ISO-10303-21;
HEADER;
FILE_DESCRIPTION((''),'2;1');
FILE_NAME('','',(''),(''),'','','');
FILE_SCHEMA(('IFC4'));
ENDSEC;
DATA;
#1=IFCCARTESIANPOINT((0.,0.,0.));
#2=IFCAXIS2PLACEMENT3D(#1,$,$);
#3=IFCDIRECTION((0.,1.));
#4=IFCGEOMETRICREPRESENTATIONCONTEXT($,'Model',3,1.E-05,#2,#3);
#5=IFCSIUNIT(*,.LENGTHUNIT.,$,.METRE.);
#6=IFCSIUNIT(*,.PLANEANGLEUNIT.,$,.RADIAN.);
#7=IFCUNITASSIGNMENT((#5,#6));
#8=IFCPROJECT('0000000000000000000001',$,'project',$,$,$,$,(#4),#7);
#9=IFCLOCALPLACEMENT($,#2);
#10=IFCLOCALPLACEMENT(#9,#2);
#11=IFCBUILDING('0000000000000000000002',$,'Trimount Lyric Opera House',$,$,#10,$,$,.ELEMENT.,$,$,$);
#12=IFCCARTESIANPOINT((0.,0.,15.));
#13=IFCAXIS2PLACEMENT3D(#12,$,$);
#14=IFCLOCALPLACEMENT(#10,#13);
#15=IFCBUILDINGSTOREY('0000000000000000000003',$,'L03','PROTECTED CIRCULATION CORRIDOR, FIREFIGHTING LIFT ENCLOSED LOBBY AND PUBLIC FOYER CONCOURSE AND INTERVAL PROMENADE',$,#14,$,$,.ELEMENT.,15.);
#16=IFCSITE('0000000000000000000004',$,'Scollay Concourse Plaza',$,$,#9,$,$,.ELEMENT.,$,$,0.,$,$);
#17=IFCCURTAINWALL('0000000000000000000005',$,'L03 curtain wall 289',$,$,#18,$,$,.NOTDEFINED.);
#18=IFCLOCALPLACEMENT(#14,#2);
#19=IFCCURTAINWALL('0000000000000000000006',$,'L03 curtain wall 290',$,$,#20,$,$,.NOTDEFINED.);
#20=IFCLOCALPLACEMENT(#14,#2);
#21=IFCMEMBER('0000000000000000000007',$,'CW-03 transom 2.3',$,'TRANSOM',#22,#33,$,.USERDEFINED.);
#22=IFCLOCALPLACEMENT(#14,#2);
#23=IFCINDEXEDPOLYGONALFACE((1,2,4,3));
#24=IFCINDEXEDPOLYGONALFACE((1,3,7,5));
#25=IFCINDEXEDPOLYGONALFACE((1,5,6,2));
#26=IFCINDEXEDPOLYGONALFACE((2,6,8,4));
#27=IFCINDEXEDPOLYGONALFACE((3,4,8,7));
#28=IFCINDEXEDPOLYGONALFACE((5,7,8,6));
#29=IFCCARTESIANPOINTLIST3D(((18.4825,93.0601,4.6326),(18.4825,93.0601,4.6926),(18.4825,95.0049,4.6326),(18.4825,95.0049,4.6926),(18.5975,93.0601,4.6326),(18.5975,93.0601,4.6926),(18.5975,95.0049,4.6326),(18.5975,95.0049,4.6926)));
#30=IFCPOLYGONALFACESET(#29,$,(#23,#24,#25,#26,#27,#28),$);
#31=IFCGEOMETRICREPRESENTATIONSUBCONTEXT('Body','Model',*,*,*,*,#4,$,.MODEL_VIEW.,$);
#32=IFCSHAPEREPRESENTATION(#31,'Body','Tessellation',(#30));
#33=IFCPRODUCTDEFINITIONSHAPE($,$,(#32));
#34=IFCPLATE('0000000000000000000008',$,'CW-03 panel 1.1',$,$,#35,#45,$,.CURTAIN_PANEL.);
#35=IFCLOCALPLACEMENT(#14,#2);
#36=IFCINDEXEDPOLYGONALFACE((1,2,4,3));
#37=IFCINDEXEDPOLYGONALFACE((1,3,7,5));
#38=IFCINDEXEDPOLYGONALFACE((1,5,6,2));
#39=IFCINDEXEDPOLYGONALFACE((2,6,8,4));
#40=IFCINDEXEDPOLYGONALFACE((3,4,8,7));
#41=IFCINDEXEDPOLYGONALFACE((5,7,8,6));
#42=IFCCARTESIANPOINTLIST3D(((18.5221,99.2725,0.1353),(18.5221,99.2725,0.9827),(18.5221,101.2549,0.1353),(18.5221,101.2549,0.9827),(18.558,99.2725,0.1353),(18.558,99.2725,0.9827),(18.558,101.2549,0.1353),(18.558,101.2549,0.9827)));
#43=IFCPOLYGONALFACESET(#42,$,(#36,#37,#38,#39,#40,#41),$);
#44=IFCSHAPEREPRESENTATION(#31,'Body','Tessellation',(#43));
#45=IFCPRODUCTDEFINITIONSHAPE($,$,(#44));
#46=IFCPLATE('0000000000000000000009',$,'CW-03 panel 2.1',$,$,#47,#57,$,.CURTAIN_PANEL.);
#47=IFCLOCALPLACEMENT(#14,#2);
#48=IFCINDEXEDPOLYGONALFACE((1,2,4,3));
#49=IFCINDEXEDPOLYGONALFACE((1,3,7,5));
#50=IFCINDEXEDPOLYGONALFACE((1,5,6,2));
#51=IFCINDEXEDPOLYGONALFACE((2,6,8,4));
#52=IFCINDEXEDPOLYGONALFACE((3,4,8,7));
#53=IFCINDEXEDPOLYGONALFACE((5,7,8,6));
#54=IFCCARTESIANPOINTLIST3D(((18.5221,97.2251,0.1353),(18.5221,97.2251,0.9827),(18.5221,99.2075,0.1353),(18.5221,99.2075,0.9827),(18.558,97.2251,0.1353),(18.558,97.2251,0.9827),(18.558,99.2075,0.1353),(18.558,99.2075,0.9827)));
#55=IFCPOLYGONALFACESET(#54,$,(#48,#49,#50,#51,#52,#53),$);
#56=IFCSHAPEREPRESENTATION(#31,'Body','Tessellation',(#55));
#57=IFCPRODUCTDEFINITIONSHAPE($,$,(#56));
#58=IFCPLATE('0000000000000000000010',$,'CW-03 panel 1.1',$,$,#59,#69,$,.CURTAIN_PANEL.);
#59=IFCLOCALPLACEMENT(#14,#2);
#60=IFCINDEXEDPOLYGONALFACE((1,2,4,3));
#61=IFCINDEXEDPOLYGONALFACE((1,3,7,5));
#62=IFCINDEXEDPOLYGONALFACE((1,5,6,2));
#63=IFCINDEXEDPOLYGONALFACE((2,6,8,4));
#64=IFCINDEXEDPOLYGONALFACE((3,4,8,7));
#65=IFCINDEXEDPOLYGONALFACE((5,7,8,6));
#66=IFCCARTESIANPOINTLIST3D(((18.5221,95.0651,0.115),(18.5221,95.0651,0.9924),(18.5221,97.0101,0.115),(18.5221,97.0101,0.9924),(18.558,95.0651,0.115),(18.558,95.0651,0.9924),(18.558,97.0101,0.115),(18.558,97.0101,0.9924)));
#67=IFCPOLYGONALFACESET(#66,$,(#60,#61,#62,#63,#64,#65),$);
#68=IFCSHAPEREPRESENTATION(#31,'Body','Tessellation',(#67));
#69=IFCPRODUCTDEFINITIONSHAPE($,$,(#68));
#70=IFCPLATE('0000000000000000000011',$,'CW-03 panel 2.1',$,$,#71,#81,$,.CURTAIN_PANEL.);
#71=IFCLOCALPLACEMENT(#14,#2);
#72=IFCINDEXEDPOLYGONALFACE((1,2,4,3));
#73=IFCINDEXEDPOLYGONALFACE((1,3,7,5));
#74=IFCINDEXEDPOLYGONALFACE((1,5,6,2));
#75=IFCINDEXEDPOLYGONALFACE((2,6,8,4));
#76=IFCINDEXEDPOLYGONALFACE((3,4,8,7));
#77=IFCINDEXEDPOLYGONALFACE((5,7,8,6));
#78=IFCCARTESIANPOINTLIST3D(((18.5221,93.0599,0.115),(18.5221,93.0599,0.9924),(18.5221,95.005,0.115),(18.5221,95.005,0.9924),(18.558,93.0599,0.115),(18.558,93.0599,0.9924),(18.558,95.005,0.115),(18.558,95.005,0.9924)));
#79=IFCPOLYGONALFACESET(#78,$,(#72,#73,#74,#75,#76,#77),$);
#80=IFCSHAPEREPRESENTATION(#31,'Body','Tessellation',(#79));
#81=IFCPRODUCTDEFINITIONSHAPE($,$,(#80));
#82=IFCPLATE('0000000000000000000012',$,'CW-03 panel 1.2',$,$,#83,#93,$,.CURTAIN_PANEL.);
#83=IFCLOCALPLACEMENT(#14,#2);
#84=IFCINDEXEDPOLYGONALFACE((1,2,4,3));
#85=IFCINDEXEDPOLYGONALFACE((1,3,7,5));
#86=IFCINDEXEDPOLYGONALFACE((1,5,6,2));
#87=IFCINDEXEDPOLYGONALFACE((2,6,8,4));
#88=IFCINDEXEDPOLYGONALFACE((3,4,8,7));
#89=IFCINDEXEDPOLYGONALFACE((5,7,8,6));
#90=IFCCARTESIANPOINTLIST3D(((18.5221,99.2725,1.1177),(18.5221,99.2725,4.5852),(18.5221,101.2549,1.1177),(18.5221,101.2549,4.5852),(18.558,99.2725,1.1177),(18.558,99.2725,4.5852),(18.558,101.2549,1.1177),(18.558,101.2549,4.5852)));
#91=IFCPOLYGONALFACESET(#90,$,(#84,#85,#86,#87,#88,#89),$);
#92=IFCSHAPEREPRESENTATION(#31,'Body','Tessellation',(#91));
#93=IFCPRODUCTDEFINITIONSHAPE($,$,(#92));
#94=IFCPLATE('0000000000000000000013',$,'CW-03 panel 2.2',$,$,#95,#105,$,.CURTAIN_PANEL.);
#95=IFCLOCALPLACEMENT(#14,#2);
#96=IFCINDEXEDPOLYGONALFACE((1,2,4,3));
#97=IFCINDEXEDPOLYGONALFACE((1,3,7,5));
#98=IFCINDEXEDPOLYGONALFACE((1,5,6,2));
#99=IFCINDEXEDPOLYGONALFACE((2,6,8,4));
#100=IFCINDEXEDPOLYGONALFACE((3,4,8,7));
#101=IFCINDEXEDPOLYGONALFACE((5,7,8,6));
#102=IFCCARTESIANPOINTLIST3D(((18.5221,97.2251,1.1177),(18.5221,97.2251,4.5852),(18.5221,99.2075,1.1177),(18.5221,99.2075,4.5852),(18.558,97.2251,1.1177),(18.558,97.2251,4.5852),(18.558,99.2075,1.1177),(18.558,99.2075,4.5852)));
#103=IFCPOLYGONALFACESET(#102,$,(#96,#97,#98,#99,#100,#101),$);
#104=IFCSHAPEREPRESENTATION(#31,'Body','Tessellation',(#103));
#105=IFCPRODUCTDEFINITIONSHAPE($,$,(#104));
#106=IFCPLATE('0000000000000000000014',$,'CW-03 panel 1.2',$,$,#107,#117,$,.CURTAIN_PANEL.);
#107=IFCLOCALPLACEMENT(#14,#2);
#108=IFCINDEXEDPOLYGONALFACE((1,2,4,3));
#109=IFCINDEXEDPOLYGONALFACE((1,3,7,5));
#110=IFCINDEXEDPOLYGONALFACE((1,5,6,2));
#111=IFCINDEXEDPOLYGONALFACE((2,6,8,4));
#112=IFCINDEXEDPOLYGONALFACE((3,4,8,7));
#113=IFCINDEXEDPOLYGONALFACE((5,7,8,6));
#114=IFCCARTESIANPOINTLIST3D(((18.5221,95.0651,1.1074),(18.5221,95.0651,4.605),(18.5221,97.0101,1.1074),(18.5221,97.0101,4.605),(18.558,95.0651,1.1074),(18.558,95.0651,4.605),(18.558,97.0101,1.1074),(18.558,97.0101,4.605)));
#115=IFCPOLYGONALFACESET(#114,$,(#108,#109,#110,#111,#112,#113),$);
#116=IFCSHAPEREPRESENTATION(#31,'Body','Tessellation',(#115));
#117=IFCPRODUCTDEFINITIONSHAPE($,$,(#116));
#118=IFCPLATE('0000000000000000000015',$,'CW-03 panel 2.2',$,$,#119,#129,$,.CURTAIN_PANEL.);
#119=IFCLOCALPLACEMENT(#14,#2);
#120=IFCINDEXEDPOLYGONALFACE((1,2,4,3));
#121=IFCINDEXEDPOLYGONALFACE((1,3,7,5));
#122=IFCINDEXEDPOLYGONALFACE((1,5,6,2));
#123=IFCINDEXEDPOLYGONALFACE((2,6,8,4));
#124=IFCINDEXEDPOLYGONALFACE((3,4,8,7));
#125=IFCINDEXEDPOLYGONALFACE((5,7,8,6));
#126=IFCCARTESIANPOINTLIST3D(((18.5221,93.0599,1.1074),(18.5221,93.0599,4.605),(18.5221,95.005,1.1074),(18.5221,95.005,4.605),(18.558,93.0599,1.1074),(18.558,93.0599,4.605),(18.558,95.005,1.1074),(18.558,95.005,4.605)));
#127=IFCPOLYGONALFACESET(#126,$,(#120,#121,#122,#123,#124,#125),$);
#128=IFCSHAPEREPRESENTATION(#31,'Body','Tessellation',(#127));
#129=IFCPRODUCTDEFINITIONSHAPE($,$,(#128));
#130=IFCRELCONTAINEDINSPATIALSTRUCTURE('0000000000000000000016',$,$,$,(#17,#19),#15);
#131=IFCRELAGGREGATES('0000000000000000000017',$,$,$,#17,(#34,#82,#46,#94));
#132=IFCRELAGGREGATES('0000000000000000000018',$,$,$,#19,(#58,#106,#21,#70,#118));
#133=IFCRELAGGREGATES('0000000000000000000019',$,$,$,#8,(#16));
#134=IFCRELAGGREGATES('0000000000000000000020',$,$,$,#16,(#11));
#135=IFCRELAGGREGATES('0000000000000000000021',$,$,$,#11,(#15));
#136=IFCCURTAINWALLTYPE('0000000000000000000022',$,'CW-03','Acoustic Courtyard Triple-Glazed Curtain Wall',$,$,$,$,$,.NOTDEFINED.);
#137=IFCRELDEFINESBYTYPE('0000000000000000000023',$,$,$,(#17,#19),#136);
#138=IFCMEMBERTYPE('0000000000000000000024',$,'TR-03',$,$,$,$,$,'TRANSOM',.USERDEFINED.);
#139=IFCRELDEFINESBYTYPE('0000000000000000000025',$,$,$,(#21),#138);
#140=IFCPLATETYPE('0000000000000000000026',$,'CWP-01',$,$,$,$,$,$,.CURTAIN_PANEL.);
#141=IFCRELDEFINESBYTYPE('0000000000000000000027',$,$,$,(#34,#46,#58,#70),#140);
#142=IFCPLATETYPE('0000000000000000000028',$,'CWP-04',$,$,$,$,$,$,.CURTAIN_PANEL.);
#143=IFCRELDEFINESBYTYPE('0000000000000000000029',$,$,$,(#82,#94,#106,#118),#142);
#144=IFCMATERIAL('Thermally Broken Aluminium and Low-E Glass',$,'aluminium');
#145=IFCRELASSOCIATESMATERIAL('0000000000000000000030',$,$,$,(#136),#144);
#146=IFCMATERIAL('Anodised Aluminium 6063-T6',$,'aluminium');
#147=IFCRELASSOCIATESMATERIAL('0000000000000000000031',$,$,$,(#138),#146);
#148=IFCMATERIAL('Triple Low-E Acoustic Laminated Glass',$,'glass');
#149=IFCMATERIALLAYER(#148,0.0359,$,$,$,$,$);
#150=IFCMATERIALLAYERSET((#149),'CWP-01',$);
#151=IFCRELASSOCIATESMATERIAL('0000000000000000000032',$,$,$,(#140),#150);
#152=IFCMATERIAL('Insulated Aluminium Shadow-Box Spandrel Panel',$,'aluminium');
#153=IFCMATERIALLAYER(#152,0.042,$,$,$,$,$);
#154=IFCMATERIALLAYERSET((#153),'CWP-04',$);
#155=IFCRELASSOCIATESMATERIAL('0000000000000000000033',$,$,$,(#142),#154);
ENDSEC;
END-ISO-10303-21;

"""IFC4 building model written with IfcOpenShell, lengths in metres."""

from ifc_helpers import new_model, si_unit, direction, frame, origin, origin_2d, place, context, subcontext, project, spatial, rectangle, extrude, material, layer, layer_set, material_profile, profile_set, type_object, element, aggregate, save


model = new_model("IFC4")

# Units and contexts
model_context = context("Model", 3, precision=1e-05, world=origin(), true_north=direction((0.0, 1.0)))
body_context = subcontext(model_context, "Body", "Model", "MODEL_VIEW")
ifc_project = project(units=[si_unit("LENGTHUNIT", "METRE"), si_unit("PLANEANGLEUNIT", "RADIAN")], contexts=[model_context])

# Site, building, storey
site_placement = place(None, origin())
site = spatial("IfcSite", under=ifc_project, at=site_placement, Name="Scollay Concourse Plaza", CompositionType="ELEMENT", RefElevation=0.0)
building_placement = place(site_placement, origin())
building = spatial("IfcBuilding", under=site, at=building_placement, Name="Trimount Lyric Opera House", CompositionType="ELEMENT")
storey_placement = place(building_placement, frame((0.0, 0.0, 15.0)))
storey = spatial("IfcBuildingStorey", under=building, at=storey_placement, Name="L03", Description="PROTECTED CIRCULATION CORRIDOR, FIREFIGHTING LIFT ENCLOSED LOBBY AND PUBLIC FOYER CONCOURSE AND INTERVAL PROMENADE", CompositionType="ELEMENT", Elevation=15.0)

# Curtain walls
ifc_material_1 = material(Name="Thermally Broken Aluminium and Low-E Glass", Category="aluminium")
curtain_wall_type = type_object("IfcCurtainWallType", Name="CW-03", Description="Acoustic Courtyard Triple-Glazed Curtain Wall", PredefinedType="NOTDEFINED", material=ifc_material_1)
curtain_wall_1_placement = place(storey_placement, origin())
curtain_wall_1 = element("IfcCurtainWall", 1, at=curtain_wall_1_placement, inside=storey, type_object=curtain_wall_type, Name="L03 curtain wall 289", PredefinedType="NOTDEFINED")
curtain_wall_2_placement = place(storey_placement, origin())
curtain_wall_2 = element("IfcCurtainWall", 2, at=curtain_wall_2_placement, inside=storey, type_object=curtain_wall_type, Name="L03 curtain wall 290", PredefinedType="NOTDEFINED")

# Member
ifc_material_2 = material(Name="Anodised Aluminium 6063-T6", Category="aluminium")
ifc_material_profile_1 = material_profile(ifc_material_2, rectangle(XDim=0.115, YDim=0.0601, at=origin_2d()), Name="ALU-TRAN-60X115")
ifc_profile_set_1 = profile_set([ifc_material_profile_1], Name="Anodised Aluminium 6063-T6")
member_type_1 = type_object("IfcMemberType", Name="TR-03", ElementType="TRANSOM", PredefinedType="USERDEFINED", material=ifc_profile_set_1)
member_1_placement = place(storey_placement, frame((18.54, 95.0049, 4.6626), z_axis=(0.0, -1.0, 0.0), x_axis=(1.0, 0.0, 0.0)))
member_1 = element("IfcMember", 3, at=member_1_placement, type_object=member_type_1, Name="CW-03 transom 2.3", ObjectType="TRANSOM", PredefinedType="USERDEFINED", context=body_context, shape_type="SweptSolid", body=[
    extrude(rectangle(XDim=0.115, YDim=0.0601, at=origin_2d()), origin(), (0.0, 0.0, 1.0), 1.9448),
])

# Plates
ifc_material_3 = material(Name="Triple Low-E Acoustic Laminated Glass", Category="glass")
ifc_layer_1 = layer(ifc_material_3, 0.0359)
ifc_layer_set_1 = layer_set([ifc_layer_1], Name="CWP-01")
plate_type_1 = type_object("IfcPlateType", Name="CWP-01", PredefinedType="CURTAIN_PANEL", material=ifc_layer_set_1)
plate_1_placement = place(storey_placement, frame((18.54, 100.2637, 0.1353), z_axis=(0.0, 0.0, 1.0), x_axis=(0.0, -1.0, 0.0)))
plate_1 = element("IfcPlate", 4, at=plate_1_placement, type_object=plate_type_1, Name="CW-03 panel 1.1", PredefinedType="CURTAIN_PANEL", context=body_context, shape_type="SweptSolid", body=[
    extrude(rectangle(XDim=1.9824, YDim=0.0359, at=origin_2d()), origin(), (0.0, 0.0, 1.0), 0.8474),
])
plate_2_placement = place(storey_placement, frame((18.54, 98.2163, 0.1353), z_axis=(0.0, 0.0, 1.0), x_axis=(0.0, -1.0, 0.0)))
plate_2 = element("IfcPlate", 5, at=plate_2_placement, type_object=plate_type_1, Name="CW-03 panel 2.1", PredefinedType="CURTAIN_PANEL", context=body_context, shape_type="SweptSolid", body=[
    extrude(rectangle(XDim=1.9824, YDim=0.0359, at=origin_2d()), origin(), (0.0, 0.0, 1.0), 0.8474),
])
plate_3_placement = place(storey_placement, frame((18.54, 96.0376, 0.115), z_axis=(0.0, 0.0, 1.0), x_axis=(0.0, -1.0, 0.0)))
plate_3 = element("IfcPlate", 6, at=plate_3_placement, type_object=plate_type_1, Name="CW-03 panel 1.1", PredefinedType="CURTAIN_PANEL", context=body_context, shape_type="SweptSolid", body=[
    extrude(rectangle(XDim=1.9451, YDim=0.0359, at=origin_2d()), origin(), (0.0, 0.0, 1.0), 0.8774),
])
plate_4_placement = place(storey_placement, frame((18.54, 94.0325, 0.115), z_axis=(0.0, 0.0, 1.0), x_axis=(0.0, -1.0, 0.0)))
plate_4 = element("IfcPlate", 7, at=plate_4_placement, type_object=plate_type_1, Name="CW-03 panel 2.1", PredefinedType="CURTAIN_PANEL", context=body_context, shape_type="SweptSolid", body=[
    extrude(rectangle(XDim=1.9451, YDim=0.0359, at=origin_2d()), origin(), (0.0, 0.0, 1.0), 0.8774),
])
ifc_material_4 = material(Name="Insulated Aluminium Shadow-Box Spandrel Panel", Category="aluminium")
ifc_layer_2 = layer(ifc_material_4, 0.042)
ifc_layer_set_2 = layer_set([ifc_layer_2], Name="CWP-04")
plate_type_2 = type_object("IfcPlateType", Name="CWP-04", PredefinedType="CURTAIN_PANEL", material=ifc_layer_set_2)
plate_5_placement = place(storey_placement, frame((18.54, 100.2637, 1.1177), z_axis=(0.0, 0.0, 1.0), x_axis=(0.0, -1.0, 0.0)))
plate_5 = element("IfcPlate", 8, at=plate_5_placement, type_object=plate_type_2, Name="CW-03 panel 1.2", PredefinedType="CURTAIN_PANEL", context=body_context, shape_type="SweptSolid", body=[
    extrude(rectangle(XDim=1.9824, YDim=0.0359, at=origin_2d()), origin(), (0.0, 0.0, 1.0), 3.4675),
])
plate_6_placement = place(storey_placement, frame((18.54, 98.2163, 1.1177), z_axis=(0.0, 0.0, 1.0), x_axis=(0.0, -1.0, 0.0)))
plate_6 = element("IfcPlate", 9, at=plate_6_placement, type_object=plate_type_2, Name="CW-03 panel 2.2", PredefinedType="CURTAIN_PANEL", context=body_context, shape_type="SweptSolid", body=[
    extrude(rectangle(XDim=1.9824, YDim=0.0359, at=origin_2d()), origin(), (0.0, 0.0, 1.0), 3.4675),
])
aggregate(curtain_wall_1, [plate_1, plate_5, plate_2, plate_6])
plate_7_placement = place(storey_placement, frame((18.54, 96.0376, 1.1074), z_axis=(0.0, 0.0, 1.0), x_axis=(0.0, -1.0, 0.0)))
plate_7 = element("IfcPlate", 10, at=plate_7_placement, type_object=plate_type_2, Name="CW-03 panel 1.2", PredefinedType="CURTAIN_PANEL", context=body_context, shape_type="SweptSolid", body=[
    extrude(rectangle(XDim=1.9451, YDim=0.0359, at=origin_2d()), origin(), (0.0, 0.0, 1.0), 3.4976),
])
plate_8_placement = place(storey_placement, frame((18.54, 94.0325, 1.1074), z_axis=(0.0, 0.0, 1.0), x_axis=(0.0, -1.0, 0.0)))
plate_8 = element("IfcPlate", 11, at=plate_8_placement, type_object=plate_type_2, Name="CW-03 panel 2.2", PredefinedType="CURTAIN_PANEL", context=body_context, shape_type="SweptSolid", body=[
    extrude(rectangle(XDim=1.9451, YDim=0.0359, at=origin_2d()), origin(), (0.0, 0.0, 1.0), 3.4976),
])
aggregate(curtain_wall_2, [plate_3, plate_7, member_1, plate_4, plate_8])

save(model, "model.ifc")
